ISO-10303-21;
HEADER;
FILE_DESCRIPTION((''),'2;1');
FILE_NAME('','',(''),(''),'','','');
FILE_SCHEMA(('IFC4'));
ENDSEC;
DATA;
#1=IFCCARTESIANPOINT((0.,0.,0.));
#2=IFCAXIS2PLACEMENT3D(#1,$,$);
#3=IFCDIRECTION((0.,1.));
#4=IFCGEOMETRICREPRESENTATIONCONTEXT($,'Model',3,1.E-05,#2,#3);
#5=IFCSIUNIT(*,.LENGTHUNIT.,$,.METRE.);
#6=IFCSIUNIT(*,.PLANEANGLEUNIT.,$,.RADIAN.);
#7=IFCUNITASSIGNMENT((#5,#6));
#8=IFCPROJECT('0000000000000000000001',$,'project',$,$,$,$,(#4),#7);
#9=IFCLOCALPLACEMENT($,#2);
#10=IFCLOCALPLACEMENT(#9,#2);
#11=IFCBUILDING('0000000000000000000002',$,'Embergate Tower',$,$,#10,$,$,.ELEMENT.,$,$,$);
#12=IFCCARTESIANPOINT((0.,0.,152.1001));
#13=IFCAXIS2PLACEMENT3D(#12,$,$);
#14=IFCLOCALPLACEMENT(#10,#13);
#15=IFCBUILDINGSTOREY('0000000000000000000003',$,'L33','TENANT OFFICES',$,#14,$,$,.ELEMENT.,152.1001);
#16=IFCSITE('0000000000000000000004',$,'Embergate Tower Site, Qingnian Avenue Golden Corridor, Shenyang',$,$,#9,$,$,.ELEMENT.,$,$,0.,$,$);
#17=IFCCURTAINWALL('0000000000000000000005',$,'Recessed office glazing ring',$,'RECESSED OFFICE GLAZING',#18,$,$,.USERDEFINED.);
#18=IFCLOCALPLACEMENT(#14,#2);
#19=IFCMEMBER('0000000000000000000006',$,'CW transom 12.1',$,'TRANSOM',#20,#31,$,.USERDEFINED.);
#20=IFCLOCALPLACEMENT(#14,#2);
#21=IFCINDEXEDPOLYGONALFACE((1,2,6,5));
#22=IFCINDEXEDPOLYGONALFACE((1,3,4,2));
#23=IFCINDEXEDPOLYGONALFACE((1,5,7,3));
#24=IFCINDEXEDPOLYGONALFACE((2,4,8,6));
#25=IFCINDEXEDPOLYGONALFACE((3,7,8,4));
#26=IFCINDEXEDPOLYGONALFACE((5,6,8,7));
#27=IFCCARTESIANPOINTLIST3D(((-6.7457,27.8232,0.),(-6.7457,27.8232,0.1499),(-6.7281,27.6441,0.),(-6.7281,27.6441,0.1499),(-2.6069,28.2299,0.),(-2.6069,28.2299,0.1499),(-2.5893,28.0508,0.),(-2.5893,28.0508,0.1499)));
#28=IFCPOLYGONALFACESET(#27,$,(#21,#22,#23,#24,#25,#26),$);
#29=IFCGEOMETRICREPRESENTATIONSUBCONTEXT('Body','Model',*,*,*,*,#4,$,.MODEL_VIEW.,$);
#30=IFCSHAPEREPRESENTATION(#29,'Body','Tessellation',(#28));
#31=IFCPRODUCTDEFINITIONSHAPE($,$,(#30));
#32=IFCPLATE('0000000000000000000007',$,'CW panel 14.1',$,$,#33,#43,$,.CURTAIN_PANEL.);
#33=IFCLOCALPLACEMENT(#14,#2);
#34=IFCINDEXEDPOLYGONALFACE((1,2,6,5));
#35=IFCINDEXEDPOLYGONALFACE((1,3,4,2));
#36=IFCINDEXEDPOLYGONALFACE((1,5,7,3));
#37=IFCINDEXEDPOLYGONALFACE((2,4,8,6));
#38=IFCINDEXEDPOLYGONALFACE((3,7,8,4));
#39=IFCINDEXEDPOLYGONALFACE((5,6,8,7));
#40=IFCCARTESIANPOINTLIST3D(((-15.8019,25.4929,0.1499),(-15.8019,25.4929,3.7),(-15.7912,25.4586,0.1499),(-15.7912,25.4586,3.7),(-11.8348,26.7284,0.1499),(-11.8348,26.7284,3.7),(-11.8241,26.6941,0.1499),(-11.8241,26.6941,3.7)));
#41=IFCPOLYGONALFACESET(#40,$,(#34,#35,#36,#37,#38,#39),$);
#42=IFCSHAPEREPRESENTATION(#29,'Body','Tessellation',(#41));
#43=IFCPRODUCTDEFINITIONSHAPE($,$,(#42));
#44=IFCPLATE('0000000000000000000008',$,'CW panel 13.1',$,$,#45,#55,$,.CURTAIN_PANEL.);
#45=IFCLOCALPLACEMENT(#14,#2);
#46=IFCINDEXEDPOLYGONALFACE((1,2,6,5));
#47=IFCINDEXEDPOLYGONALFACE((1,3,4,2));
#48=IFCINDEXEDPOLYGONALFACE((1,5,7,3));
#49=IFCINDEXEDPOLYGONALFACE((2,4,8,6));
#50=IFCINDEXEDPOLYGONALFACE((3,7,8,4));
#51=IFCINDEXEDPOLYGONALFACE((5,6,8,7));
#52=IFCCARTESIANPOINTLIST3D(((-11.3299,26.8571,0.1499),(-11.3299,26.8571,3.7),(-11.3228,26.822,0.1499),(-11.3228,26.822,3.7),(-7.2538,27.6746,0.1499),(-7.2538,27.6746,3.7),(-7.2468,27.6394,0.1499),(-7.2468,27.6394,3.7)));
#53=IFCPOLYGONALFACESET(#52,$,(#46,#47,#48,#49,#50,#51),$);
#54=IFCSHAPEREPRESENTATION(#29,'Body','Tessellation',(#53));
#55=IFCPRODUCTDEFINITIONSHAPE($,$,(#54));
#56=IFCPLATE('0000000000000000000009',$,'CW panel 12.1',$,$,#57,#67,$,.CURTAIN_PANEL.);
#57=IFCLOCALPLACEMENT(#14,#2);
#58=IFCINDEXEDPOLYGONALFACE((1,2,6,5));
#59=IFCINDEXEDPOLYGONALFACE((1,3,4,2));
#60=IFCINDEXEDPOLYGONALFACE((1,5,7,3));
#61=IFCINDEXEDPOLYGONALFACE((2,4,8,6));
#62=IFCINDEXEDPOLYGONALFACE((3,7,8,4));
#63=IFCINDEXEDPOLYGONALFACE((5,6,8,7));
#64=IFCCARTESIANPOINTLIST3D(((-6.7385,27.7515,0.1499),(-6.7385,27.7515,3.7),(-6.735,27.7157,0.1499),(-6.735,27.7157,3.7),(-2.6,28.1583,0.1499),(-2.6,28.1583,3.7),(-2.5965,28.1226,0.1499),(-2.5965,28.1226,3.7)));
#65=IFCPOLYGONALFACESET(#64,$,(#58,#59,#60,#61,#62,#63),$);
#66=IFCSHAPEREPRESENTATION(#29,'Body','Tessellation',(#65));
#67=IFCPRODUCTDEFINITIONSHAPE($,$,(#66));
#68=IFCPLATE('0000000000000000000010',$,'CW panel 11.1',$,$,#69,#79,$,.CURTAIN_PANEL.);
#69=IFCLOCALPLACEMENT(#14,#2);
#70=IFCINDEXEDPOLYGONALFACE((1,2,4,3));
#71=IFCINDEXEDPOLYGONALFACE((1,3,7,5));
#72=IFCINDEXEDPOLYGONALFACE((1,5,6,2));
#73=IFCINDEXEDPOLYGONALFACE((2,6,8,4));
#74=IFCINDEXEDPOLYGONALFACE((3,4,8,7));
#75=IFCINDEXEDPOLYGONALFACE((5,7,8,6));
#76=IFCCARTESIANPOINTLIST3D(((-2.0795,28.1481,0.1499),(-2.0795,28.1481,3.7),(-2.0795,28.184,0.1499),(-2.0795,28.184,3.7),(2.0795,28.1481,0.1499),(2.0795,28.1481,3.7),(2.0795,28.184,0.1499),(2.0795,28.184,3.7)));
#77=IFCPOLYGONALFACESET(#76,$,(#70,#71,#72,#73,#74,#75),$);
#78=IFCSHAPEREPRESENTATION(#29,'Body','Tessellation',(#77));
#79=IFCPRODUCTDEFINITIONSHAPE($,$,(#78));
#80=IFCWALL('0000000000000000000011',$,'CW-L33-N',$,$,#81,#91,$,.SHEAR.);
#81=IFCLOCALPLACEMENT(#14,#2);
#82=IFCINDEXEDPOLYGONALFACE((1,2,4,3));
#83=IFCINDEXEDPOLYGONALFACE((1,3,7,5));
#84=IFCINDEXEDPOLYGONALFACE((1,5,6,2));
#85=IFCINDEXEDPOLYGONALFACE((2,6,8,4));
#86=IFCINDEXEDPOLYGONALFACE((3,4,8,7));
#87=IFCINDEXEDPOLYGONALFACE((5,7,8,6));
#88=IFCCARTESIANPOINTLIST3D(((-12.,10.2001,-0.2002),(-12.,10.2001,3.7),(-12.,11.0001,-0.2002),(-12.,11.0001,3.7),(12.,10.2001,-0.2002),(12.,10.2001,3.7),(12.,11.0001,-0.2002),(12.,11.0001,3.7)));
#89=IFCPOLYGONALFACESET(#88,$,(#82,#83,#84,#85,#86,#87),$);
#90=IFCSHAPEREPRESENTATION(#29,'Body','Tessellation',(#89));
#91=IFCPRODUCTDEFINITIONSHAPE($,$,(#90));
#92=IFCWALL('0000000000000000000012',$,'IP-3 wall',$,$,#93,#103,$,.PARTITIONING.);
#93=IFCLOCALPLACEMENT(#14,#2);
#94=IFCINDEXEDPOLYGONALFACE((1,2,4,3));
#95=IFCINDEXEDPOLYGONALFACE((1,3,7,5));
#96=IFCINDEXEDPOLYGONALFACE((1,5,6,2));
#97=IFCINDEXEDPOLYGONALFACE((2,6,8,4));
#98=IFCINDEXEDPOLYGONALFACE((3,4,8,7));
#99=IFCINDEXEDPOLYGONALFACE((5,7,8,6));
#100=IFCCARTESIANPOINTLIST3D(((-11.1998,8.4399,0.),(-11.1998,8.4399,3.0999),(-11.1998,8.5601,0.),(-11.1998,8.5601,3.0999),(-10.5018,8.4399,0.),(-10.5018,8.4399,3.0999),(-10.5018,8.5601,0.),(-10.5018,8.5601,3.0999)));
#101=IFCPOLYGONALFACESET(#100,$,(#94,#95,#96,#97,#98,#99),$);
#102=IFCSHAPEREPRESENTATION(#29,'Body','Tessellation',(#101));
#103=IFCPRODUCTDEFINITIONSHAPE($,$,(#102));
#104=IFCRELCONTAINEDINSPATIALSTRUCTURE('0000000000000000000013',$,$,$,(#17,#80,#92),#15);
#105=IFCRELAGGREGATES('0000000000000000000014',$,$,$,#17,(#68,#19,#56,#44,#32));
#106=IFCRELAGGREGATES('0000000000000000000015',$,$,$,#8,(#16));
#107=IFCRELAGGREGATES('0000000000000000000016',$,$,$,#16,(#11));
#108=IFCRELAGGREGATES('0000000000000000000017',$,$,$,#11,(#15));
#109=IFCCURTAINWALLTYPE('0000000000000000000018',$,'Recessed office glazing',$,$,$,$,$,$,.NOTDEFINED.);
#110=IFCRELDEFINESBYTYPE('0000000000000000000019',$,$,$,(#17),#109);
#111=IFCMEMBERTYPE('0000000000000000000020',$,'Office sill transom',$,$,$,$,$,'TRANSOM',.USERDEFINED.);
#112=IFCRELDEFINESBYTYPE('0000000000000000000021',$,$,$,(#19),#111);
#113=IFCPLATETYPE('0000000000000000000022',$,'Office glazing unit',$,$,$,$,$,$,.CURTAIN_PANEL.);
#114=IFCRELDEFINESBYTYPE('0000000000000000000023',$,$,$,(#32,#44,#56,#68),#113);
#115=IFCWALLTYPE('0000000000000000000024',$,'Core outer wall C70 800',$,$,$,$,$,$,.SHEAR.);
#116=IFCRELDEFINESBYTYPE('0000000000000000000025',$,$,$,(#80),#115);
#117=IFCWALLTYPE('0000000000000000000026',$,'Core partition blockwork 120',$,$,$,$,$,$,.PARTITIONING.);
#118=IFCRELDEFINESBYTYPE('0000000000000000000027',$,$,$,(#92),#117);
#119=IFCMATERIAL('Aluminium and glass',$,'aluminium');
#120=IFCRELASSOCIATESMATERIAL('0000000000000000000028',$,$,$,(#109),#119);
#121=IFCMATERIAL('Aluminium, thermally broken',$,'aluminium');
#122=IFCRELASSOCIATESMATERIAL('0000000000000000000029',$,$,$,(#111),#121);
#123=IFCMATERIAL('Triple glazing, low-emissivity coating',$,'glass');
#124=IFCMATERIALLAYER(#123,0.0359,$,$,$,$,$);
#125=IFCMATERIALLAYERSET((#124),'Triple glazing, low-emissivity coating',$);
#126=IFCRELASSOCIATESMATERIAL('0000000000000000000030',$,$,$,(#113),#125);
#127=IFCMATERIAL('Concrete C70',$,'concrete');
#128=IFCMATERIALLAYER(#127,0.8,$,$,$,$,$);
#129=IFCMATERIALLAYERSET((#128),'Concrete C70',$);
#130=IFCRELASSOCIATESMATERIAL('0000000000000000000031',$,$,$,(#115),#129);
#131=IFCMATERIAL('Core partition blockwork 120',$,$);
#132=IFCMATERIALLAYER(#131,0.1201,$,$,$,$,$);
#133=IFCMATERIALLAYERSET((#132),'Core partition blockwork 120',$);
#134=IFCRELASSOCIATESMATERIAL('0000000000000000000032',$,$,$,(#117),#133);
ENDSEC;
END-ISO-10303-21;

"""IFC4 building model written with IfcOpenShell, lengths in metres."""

from ifc_helpers import new_model, si_unit, direction, frame, frame_2d, origin, origin_2d, place, context, subcontext, project, spatial, rectangle, extrude, source, transform, mapped, material, layer, layer_set, material_profile, profile_set, type_object, element, aggregate, save


model = new_model("IFC4")

# Units and contexts
model_context = context("Model", 3, precision=1e-05, world=origin(), true_north=direction((0.0, 1.0)))
body_context = subcontext(model_context, "Body", "Model", "MODEL_VIEW")
ifc_project = project(units=[si_unit("LENGTHUNIT", "METRE"), si_unit("PLANEANGLEUNIT", "RADIAN")], contexts=[model_context])

# Site, building, storey
site_placement = place(None, origin())
site = spatial("IfcSite", under=ifc_project, at=site_placement, Name="Embergate Tower Site, Qingnian Avenue Golden Corridor, Shenyang", CompositionType="ELEMENT", RefElevation=0.0)
building_placement = place(site_placement, origin())
building = spatial("IfcBuilding", under=site, at=building_placement, Name="Embergate Tower", CompositionType="ELEMENT")
storey_placement = place(building_placement, frame((0.0, 0.0, 152.1001)))
storey = spatial("IfcBuildingStorey", under=building, at=storey_placement, Name="L33", Description="TENANT OFFICES", CompositionType="ELEMENT", Elevation=152.1001)

# Shared definitions
ifc_material_1 = material(Name="Concrete C70", Category="concrete")

# Curtain wall, member, plates
ifc_material_2 = material(Name="Aluminium and glass", Category="aluminium")
curtain_wall_type = type_object("IfcCurtainWallType", Name="Recessed office glazing", PredefinedType="NOTDEFINED", material=ifc_material_2)
curtain_wall_placement = place(storey_placement, origin())
curtain_wall = element("IfcCurtainWall", 1, at=curtain_wall_placement, inside=storey, type_object=curtain_wall_type, Name="Recessed office glazing ring", ObjectType="RECESSED OFFICE GLAZING", PredefinedType="USERDEFINED")
ifc_material_3 = material(Name="Aluminium, thermally broken", Category="aluminium")
ifc_material_profile_1 = material_profile(ifc_material_3, rectangle(XDim=0.1799, YDim=0.1499, at=origin_2d()), Name="AL 150x180")
ifc_profile_set_1 = profile_set([ifc_material_profile_1], Name="Aluminium, thermally broken")
member_type_1 = type_object("IfcMemberType", Name="Office sill transom", ElementType="TRANSOM", PredefinedType="USERDEFINED", material=ifc_profile_set_1)
shared_shape_1 = source(origin(), body_context, "Body", "SweptSolid", [
    extrude(rectangle(XDim=0.1799, YDim=0.1499, at=origin_2d()), origin(), (0.0, 0.0, 1.0), 4.1587),
])
member_1_placement = place(storey_placement, frame((-2.5981, 28.1404, 0.075), z_axis=(-0.995205, -0.097806, 0.0), x_axis=(0.097806, -0.995205, 0.0)))
member_1 = element("IfcMember", 2, at=member_1_placement, type_object=member_type_1, Name="CW transom 12.1", ObjectType="TRANSOM", PredefinedType="USERDEFINED", context=body_context, shape_type="MappedRepresentation", body=[
    mapped(shared_shape_1, transform((0.0, 0.0, 0.0))),
])
ifc_material_4 = material(Name="Triple glazing, low-emissivity coating", Category="glass")
ifc_layer_1 = layer(ifc_material_4, 0.0359)
ifc_layer_set_1 = layer_set([ifc_layer_1], Name="Triple glazing, low-emissivity coating")
plate_type = type_object("IfcPlateType", Name="Office glazing unit", PredefinedType="CURTAIN_PANEL", material=ifc_layer_set_1)
shared_shape_2 = source(origin(), body_context, "Body", "SweptSolid", [
    extrude(rectangle(XDim=4.155, YDim=0.0359, at=origin_2d()), origin(), (0.0, 0.0, 1.0), 3.55),
])
plate_1_placement = place(storey_placement, frame((-13.813, 26.0935, 0.1499), z_axis=(0.0, 0.0, 1.0), x_axis=(-0.954772, -0.297338, 0.0)))
plate_1 = element("IfcPlate", 3, at=plate_1_placement, type_object=plate_type, Name="CW panel 14.1", PredefinedType="CURTAIN_PANEL", context=body_context, shape_type="MappedRepresentation", body=[
    mapped(shared_shape_2, transform((0.0, 0.0, 0.0))),
])
shared_shape_3 = source(origin(), body_context, "Body", "SweptSolid", [
    extrude(rectangle(XDim=4.1572, YDim=0.0359, at=origin_2d()), origin(), (0.0, 0.0, 1.0), 3.55),
])
plate_2_placement = place(storey_placement, frame((-9.2883, 27.2483, 0.1499), z_axis=(0.0, 0.0, 1.0), x_axis=(-0.980476, -0.196639, 0.0)))
plate_2 = element("IfcPlate", 4, at=plate_2_placement, type_object=plate_type, Name="CW panel 13.1", PredefinedType="CURTAIN_PANEL", context=body_context, shape_type="MappedRepresentation", body=[
    mapped(shared_shape_3, transform((0.0, 0.0, 0.0))),
])
shared_shape_4 = source(origin(), body_context, "Body", "SweptSolid", [
    extrude(rectangle(XDim=4.1584, YDim=0.0359, at=origin_2d()), origin(), (0.0, 0.0, 1.0), 3.55),
])
plate_3_placement = place(storey_placement, frame((-4.6675, 27.937, 0.1499), z_axis=(0.0, 0.0, 1.0), x_axis=(-0.995203, -0.09783, 0.0)))
plate_3 = element("IfcPlate", 5, at=plate_3_placement, type_object=plate_type, Name="CW panel 12.1", PredefinedType="CURTAIN_PANEL", context=body_context, shape_type="MappedRepresentation", body=[
    mapped(shared_shape_4, transform((0.0, 0.0, 0.0))),
])
shared_shape_5 = source(origin(), body_context, "Body", "SweptSolid", [
    extrude(rectangle(XDim=4.1589, YDim=0.0359, at=origin_2d()), origin(), (0.0, 0.0, 1.0), 3.55),
])
plate_4_placement = place(storey_placement, frame((0.0, 28.166, 0.1499), z_axis=(0.0, 0.0, 1.0), x_axis=(-1.0, 0.0, 0.0)))
plate_4 = element("IfcPlate", 6, at=plate_4_placement, type_object=plate_type, Name="CW panel 11.1", PredefinedType="CURTAIN_PANEL", context=body_context, shape_type="MappedRepresentation", body=[
    mapped(shared_shape_5, transform((0.0, 0.0, 0.0))),
])
aggregate(curtain_wall, [plate_4, member_1, plate_3, plate_2, plate_1])

# Walls
ifc_layer_2 = layer(ifc_material_1, 0.8)
ifc_layer_set_2 = layer_set([ifc_layer_2], Name="Concrete C70")
wall_type_1 = type_object("IfcWallType", Name="Core outer wall C70 800", PredefinedType="SHEAR", material=ifc_layer_set_2)
shared_shape_6 = source(origin(), body_context, "Body", "SweptSolid", [
    extrude(rectangle(XDim=24.0, YDim=0.8, at=frame_2d((12.0, 0.0))), origin(), (0.0, 0.0, 1.0), 3.9001),
])
wall_1_placement = place(storey_placement, frame((-12.0, 10.6001, -0.2002), z_axis=(0.0, 0.0, 1.0), x_axis=(1.0, 0.0, 0.0)))
element("IfcWall", 7, at=wall_1_placement, inside=storey, type_object=wall_type_1, Name="CW-L33-N", PredefinedType="SHEAR", context=body_context, shape_type="MappedRepresentation", body=[
    mapped(shared_shape_6, transform((0.0, 0.0, 0.0))),
])
ifc_material_5 = material(Name="Core partition blockwork 120")
ifc_layer_3 = layer(ifc_material_5, 0.1201)
ifc_layer_set_3 = layer_set([ifc_layer_3], Name="Core partition blockwork 120")
wall_type_2 = type_object("IfcWallType", Name="Core partition blockwork 120", PredefinedType="PARTITIONING", material=ifc_layer_set_3)
shared_shape_7 = source(origin(), body_context, "Body", "SweptSolid", [
    extrude(rectangle(XDim=0.698, YDim=0.1201, at=frame_2d((0.3491, 0.0))), origin(), (0.0, 0.0, 1.0), 3.0999),
])
wall_2_placement = place(storey_placement, frame((-11.2, 8.5, 0.0), z_axis=(0.0, 0.0, 1.0), x_axis=(1.0, 0.0, 0.0)))
element("IfcWall", 8, at=wall_2_placement, inside=storey, type_object=wall_type_2, Name="IP-3 wall", PredefinedType="PARTITIONING", context=body_context, shape_type="MappedRepresentation", body=[
    mapped(shared_shape_7, transform((0.0, 0.0, 0.0))),
])

save(model, "model.ifc")
